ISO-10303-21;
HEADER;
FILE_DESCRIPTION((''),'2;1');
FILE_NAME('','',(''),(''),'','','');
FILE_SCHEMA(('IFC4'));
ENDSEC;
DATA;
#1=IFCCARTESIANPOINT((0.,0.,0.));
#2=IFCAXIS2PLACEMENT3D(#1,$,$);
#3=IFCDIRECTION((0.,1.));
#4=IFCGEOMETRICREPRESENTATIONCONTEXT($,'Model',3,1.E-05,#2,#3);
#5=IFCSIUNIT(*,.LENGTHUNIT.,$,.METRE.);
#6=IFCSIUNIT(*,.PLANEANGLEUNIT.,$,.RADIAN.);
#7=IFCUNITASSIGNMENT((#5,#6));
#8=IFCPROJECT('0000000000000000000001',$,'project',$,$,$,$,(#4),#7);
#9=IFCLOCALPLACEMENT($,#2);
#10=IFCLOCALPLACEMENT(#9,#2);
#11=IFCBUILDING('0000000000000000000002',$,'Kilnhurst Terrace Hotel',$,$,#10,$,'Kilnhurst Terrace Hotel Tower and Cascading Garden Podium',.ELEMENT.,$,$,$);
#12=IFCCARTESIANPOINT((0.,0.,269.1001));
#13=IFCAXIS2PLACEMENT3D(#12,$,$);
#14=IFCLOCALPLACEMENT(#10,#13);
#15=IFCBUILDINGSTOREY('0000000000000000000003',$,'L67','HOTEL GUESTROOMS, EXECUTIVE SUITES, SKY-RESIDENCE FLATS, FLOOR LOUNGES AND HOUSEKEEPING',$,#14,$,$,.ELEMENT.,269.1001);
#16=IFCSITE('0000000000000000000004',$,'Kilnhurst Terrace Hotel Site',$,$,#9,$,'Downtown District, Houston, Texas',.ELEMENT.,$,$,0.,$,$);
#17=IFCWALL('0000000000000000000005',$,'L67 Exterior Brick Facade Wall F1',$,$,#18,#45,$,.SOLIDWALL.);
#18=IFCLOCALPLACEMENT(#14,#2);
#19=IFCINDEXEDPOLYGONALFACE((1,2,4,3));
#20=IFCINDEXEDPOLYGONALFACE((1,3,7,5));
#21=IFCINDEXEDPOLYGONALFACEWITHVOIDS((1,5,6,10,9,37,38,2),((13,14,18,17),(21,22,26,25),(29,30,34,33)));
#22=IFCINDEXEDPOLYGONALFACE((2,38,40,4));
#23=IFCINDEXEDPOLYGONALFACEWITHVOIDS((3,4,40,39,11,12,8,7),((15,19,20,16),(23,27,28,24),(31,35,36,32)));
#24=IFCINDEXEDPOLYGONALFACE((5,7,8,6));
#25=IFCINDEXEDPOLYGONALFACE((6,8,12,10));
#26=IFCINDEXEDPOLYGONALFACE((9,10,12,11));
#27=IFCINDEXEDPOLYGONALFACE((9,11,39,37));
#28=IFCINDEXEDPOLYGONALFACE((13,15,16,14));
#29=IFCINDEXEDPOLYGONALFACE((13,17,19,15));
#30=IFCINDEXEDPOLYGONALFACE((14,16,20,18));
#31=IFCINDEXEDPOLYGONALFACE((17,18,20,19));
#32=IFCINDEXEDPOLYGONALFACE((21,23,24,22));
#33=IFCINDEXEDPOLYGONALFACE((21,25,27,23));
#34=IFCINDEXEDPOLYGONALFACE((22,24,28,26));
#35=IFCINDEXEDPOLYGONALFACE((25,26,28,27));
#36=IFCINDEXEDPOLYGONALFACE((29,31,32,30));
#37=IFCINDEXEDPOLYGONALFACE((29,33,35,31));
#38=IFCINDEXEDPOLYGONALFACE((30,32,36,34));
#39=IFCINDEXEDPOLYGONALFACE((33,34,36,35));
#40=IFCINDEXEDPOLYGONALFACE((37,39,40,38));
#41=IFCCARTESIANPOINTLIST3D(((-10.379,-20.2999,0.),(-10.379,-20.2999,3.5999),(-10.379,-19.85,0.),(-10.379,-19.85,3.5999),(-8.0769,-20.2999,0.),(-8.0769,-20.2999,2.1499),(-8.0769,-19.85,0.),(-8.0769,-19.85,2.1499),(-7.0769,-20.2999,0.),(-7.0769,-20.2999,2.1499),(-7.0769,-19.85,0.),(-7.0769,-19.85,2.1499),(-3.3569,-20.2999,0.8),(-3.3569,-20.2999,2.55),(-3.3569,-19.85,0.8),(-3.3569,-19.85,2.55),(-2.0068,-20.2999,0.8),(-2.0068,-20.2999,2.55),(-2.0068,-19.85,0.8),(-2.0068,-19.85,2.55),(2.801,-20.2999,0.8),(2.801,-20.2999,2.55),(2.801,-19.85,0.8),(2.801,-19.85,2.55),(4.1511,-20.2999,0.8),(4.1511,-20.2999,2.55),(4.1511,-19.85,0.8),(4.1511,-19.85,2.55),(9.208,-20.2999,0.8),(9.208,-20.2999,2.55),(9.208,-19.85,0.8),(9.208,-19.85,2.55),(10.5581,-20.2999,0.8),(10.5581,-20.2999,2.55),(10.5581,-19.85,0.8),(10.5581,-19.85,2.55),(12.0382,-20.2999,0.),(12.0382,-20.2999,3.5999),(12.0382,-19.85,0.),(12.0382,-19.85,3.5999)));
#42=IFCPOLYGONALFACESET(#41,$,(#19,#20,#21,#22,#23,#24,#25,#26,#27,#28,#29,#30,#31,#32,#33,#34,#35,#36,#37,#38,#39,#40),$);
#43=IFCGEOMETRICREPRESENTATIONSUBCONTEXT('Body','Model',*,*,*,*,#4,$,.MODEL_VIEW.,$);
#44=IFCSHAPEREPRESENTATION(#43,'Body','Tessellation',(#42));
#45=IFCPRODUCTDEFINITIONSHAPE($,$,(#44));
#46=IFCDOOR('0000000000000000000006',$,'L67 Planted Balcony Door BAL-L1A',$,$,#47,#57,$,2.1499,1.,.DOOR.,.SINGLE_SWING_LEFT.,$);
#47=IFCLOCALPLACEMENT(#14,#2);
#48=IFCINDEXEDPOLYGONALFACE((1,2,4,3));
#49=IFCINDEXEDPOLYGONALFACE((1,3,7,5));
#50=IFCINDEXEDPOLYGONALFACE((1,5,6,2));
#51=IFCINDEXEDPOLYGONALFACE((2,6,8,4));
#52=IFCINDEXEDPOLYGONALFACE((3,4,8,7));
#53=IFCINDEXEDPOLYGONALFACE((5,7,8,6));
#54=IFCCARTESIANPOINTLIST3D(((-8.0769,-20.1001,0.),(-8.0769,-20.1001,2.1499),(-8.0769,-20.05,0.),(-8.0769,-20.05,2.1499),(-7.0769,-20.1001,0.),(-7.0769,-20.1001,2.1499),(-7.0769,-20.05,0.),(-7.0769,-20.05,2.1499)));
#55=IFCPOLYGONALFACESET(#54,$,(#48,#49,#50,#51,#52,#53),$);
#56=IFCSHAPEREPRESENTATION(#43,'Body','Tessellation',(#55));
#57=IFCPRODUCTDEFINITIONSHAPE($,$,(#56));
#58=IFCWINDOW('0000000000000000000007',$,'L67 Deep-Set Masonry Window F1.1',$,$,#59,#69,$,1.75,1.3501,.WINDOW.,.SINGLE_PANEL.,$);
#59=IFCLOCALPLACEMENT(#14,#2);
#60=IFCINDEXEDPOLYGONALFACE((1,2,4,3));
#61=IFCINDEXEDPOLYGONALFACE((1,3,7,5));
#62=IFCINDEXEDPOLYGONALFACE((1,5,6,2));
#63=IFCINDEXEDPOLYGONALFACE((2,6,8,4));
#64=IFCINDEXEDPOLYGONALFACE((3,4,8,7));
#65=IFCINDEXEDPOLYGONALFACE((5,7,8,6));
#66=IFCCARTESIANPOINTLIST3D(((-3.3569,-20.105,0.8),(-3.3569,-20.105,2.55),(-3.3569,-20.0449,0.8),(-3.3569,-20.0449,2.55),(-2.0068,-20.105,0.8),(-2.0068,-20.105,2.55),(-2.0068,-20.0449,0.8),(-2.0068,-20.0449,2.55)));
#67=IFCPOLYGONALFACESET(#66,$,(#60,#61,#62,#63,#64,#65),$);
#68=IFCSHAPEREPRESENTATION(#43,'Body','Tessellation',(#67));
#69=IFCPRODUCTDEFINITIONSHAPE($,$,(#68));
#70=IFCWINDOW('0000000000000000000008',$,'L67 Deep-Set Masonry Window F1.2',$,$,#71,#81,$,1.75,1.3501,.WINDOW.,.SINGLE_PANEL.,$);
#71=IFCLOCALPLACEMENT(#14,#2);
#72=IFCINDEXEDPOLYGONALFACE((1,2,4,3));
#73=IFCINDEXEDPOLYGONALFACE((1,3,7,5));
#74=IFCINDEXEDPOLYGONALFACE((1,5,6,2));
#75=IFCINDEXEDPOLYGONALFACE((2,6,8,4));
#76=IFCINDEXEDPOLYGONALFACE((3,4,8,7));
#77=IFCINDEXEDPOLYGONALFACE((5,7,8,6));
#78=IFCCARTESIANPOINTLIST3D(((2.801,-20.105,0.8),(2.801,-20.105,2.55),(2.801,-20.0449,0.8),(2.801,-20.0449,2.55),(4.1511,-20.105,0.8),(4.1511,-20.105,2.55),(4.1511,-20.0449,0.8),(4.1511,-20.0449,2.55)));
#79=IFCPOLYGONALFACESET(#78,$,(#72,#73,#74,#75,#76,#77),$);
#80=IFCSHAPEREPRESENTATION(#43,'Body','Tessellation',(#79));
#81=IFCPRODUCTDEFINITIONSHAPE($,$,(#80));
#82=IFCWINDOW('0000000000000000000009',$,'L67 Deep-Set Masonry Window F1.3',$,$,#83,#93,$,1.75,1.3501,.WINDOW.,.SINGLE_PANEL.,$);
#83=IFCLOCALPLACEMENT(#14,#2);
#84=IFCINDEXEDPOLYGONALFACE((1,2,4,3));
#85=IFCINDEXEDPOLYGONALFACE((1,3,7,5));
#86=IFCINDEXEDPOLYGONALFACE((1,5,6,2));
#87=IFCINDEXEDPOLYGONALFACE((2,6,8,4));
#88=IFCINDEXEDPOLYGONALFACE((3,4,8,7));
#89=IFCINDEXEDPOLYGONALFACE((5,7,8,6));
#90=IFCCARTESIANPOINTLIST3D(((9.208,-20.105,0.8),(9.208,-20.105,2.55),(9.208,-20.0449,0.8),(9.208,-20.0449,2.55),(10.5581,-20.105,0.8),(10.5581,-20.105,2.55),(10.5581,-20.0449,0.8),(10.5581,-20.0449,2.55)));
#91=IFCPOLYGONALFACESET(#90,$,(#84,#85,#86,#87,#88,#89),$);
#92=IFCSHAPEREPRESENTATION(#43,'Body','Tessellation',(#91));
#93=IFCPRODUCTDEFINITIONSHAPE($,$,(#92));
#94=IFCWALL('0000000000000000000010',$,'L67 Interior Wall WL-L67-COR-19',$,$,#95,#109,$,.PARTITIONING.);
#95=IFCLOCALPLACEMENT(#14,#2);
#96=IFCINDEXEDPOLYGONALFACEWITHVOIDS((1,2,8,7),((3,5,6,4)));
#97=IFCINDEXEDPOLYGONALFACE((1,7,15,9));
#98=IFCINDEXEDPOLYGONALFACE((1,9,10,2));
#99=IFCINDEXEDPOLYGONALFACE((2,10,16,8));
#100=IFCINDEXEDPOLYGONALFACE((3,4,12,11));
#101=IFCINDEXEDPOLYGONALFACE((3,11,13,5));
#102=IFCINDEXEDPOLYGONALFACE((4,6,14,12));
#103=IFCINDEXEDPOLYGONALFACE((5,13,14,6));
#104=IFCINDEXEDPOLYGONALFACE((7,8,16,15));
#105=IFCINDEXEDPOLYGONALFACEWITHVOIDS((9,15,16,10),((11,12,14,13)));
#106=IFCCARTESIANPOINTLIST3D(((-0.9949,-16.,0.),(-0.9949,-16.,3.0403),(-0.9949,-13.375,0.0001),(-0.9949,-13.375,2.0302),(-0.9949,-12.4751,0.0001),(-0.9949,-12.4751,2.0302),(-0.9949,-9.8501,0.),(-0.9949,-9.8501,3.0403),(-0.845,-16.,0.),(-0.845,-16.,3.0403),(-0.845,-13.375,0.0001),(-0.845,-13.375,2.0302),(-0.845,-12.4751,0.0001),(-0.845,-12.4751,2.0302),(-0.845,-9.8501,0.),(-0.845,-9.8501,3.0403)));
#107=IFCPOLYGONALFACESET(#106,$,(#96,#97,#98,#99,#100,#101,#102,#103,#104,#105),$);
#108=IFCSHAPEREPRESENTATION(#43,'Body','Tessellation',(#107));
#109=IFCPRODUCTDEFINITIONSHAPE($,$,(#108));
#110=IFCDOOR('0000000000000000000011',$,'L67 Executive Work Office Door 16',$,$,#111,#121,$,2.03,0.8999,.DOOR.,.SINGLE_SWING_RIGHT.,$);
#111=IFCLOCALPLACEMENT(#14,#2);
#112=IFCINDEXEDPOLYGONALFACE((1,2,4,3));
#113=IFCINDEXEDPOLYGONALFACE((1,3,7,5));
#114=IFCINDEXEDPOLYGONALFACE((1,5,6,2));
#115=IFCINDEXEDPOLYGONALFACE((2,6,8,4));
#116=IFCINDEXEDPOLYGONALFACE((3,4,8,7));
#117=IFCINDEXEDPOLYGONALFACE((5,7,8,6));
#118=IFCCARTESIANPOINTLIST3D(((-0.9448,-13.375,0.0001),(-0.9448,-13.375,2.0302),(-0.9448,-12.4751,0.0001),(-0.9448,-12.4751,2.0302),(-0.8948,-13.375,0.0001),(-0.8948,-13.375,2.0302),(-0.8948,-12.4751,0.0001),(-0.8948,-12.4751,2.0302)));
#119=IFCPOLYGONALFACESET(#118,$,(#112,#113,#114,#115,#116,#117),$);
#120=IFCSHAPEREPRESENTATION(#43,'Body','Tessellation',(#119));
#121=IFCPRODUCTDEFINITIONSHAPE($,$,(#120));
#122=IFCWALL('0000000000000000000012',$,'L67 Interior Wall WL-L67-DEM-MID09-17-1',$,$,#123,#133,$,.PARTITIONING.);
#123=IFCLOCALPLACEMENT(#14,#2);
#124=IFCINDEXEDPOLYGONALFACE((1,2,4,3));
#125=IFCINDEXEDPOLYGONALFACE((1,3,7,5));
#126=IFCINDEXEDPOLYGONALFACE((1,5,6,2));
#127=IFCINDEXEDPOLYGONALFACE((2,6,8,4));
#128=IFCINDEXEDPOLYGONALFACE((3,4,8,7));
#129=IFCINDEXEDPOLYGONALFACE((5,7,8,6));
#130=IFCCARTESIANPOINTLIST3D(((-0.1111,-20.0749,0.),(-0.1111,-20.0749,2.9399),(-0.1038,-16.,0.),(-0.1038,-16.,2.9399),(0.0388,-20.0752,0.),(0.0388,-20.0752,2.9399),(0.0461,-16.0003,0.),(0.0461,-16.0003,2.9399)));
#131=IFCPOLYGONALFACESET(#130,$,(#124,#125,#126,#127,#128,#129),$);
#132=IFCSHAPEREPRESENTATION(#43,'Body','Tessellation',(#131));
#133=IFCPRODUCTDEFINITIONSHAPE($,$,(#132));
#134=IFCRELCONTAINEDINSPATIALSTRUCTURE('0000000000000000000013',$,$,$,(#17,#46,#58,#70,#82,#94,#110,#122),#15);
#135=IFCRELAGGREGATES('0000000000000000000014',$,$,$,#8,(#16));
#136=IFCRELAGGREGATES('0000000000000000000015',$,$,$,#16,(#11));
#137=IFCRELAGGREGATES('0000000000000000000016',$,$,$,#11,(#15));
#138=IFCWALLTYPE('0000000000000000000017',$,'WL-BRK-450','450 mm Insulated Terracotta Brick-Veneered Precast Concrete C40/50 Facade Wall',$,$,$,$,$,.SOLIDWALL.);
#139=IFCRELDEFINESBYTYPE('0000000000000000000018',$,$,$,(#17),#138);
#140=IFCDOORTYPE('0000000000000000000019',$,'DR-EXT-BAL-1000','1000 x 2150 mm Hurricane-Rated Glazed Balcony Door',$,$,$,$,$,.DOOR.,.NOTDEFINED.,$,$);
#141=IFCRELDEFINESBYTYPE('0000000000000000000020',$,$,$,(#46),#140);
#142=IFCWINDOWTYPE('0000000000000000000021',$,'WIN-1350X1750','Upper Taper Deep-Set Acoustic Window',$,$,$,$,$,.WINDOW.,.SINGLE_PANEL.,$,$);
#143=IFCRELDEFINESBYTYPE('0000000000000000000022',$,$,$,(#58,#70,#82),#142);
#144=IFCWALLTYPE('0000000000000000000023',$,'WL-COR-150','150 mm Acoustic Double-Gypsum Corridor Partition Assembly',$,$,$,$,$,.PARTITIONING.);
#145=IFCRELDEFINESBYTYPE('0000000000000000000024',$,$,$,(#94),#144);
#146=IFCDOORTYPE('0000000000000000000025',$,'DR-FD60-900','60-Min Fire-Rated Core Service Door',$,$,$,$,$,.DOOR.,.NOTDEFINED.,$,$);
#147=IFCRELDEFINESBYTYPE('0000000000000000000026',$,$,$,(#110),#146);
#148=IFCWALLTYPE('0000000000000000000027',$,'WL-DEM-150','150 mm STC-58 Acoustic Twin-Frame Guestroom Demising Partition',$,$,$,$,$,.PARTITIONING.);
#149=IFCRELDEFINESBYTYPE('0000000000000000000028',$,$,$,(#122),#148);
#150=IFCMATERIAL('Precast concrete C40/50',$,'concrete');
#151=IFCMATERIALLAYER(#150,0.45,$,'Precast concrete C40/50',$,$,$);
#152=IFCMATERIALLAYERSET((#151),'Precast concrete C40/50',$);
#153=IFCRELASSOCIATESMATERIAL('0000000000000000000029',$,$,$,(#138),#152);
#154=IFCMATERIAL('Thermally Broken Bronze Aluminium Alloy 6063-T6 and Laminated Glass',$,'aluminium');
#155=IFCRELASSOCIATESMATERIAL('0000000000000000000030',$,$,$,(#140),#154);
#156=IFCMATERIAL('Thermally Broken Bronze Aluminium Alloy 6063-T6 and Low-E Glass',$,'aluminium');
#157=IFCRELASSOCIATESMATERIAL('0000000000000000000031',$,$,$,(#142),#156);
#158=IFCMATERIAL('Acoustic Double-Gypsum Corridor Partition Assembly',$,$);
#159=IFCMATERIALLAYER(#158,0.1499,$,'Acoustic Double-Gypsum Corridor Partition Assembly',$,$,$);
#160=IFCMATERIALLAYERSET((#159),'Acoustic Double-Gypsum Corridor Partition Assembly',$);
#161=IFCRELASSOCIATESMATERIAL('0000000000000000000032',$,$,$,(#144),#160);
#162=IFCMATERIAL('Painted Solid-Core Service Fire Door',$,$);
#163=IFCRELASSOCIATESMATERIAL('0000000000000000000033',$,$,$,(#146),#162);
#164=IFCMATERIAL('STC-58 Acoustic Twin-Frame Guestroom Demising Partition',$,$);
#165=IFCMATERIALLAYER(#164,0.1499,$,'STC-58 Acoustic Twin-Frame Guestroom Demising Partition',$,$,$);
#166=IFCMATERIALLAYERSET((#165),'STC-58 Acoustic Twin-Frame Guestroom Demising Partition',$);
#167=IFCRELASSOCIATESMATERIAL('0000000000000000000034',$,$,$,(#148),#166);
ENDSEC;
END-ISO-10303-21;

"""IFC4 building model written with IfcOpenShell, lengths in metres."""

from ifc_helpers import new_model, si_unit, direction, frame, frame_2d, origin, place, context, subcontext, project, spatial, rectangle, extrude, material, layer, layer_set, type_object, element, fill, save


model = new_model("IFC4")

# Units and contexts
model_context = context("Model", 3, precision=1e-05, world=origin(), true_north=direction((0.0, 1.0)))
body_context = subcontext(model_context, "Body", "Model", "MODEL_VIEW")
ifc_project = project(units=[si_unit("LENGTHUNIT", "METRE"), si_unit("PLANEANGLEUNIT", "RADIAN")], contexts=[model_context])

# Site, building, storey
site_placement = place(None, origin())
site = spatial("IfcSite", under=ifc_project, at=site_placement, Name="Kilnhurst Terrace Hotel Site", LongName="Downtown District, Houston, Texas", CompositionType="ELEMENT", RefElevation=0.0)
building_placement = place(site_placement, origin())
building = spatial("IfcBuilding", under=site, at=building_placement, Name="Kilnhurst Terrace Hotel", LongName="Kilnhurst Terrace Hotel Tower and Cascading Garden Podium", CompositionType="ELEMENT")
storey_placement = place(building_placement, frame((0.0, 0.0, 269.1001)))
storey = spatial("IfcBuildingStorey", under=building, at=storey_placement, Name="L67", Description="HOTEL GUESTROOMS, EXECUTIVE SUITES, SKY-RESIDENCE FLATS, FLOOR LOUNGES AND HOUSEKEEPING", CompositionType="ELEMENT", Elevation=269.1001)

# Shared definitions
ifc_material_1 = material(Name="Precast concrete C40/50", Category="concrete")
ifc_layer_1 = layer(ifc_material_1, 0.45, Name="Precast concrete C40/50")
ifc_layer_set_1 = layer_set([ifc_layer_1], Name="Precast concrete C40/50")
wall_type_1 = type_object("IfcWallType", Name="WL-BRK-450", Description="450 mm Insulated Terracotta Brick-Veneered Precast Concrete C40/50 Facade Wall", PredefinedType="SOLIDWALL", material=ifc_layer_set_1)

# Wall, openings, door, windows
wall_1_placement = place(storey_placement, frame((-10.3789, -20.075, 0.0), z_axis=(0.0, 0.0, 1.0), x_axis=(1.0, 0.0, 0.0)))
wall_1 = element("IfcWall", 1, at=wall_1_placement, inside=storey, type_object=wall_type_1, Name="L67 Exterior Brick Facade Wall F1", PredefinedType="SOLIDWALL", context=body_context, shape_type="SweptSolid", body=[
    extrude(rectangle(XDim=22.4172, YDim=0.45, at=frame_2d((11.2085, 0.0))), origin(), (0.0, 0.0, 1.0), 3.5999),
])
opening_1_placement = place(wall_1_placement, frame((2.302, 0.0, 0.0)))
opening_1 = element("IfcOpeningElement", 2, at=opening_1_placement, cuts=wall_1, PredefinedType="OPENING", context=body_context, shape_type="SweptSolid", body=[
    extrude(rectangle(XDim=1.0, YDim=2.1499, at=frame_2d((0.5, 1.075))), frame((0.0, 0.2349, 0.0), z_axis=(0.0, -1.0, 0.0), x_axis=(1.0, 0.0, 0.0)), (0.0, 0.0, 1.0), 0.47),
])
opening_2_placement = place(wall_1_placement, frame((7.022, 0.0, 0.8)))
opening_2 = element("IfcOpeningElement", 3, at=opening_2_placement, cuts=wall_1, PredefinedType="OPENING", context=body_context, shape_type="SweptSolid", body=[
    extrude(rectangle(XDim=1.3501, YDim=1.75, at=frame_2d((0.675, 0.875))), frame((0.0, 0.2349, 0.0), z_axis=(0.0, -1.0, 0.0), x_axis=(1.0, 0.0, 0.0)), (0.0, 0.0, 1.0), 0.47),
])
opening_3_placement = place(wall_1_placement, frame((13.1799, 0.0, 0.8)))
opening_3 = element("IfcOpeningElement", 4, at=opening_3_placement, cuts=wall_1, PredefinedType="OPENING", context=body_context, shape_type="SweptSolid", body=[
    extrude(rectangle(XDim=1.3501, YDim=1.75, at=frame_2d((0.675, 0.875))), frame((0.0, 0.2349, 0.0), z_axis=(0.0, -1.0, 0.0), x_axis=(1.0, 0.0, 0.0)), (0.0, 0.0, 1.0), 0.47),
])
opening_4_placement = place(wall_1_placement, frame((19.5869, 0.0, 0.8)))
opening_4 = element("IfcOpeningElement", 5, at=opening_4_placement, cuts=wall_1, PredefinedType="OPENING", context=body_context, shape_type="SweptSolid", body=[
    extrude(rectangle(XDim=1.3501, YDim=1.75, at=frame_2d((0.675, 0.875))), frame((0.0, 0.2349, 0.0), z_axis=(0.0, -1.0, 0.0), x_axis=(1.0, 0.0, 0.0)), (0.0, 0.0, 1.0), 0.47),
])
ifc_material_2 = material(Name="Thermally Broken Bronze Aluminium Alloy 6063-T6 and Laminated Glass", Category="aluminium")
door_type_1 = type_object("IfcDoorType", Name="DR-EXT-BAL-1000", Description="1000 x 2150 mm Hurricane-Rated Glazed Balcony Door", OperationType="NOTDEFINED", PredefinedType="DOOR", material=ifc_material_2)
door_1_placement = place(opening_1_placement, origin())
door_1 = element("IfcDoor", 6, at=door_1_placement, inside=storey, type_object=door_type_1, Name="L67 Planted Balcony Door BAL-L1A", OperationType="SINGLE_SWING_LEFT", OverallHeight=2.1499, OverallWidth=1.0, PredefinedType="DOOR", context=body_context, shape_type="SweptSolid", body=[
    extrude(rectangle(XDim=1.0, YDim=2.1499, at=frame_2d((0.5, 1.075))), frame((0.0, 0.0249, 0.0), z_axis=(0.0, -1.0, 0.0), x_axis=(1.0, 0.0, 0.0)), (0.0, 0.0, 1.0), 0.05),
])
fill(opening_1, door_1)
ifc_material_3 = material(Name="Thermally Broken Bronze Aluminium Alloy 6063-T6 and Low-E Glass", Category="aluminium")
window_type = type_object("IfcWindowType", Name="WIN-1350X1750", Description="Upper Taper Deep-Set Acoustic Window", PartitioningType="SINGLE_PANEL", PredefinedType="WINDOW", material=ifc_material_3)
window_1_placement = place(opening_2_placement, origin())
window_1 = element("IfcWindow", 7, at=window_1_placement, inside=storey, type_object=window_type, Name="L67 Deep-Set Masonry Window F1.1", OverallHeight=1.75, OverallWidth=1.3501, PartitioningType="SINGLE_PANEL", PredefinedType="WINDOW", context=body_context, shape_type="SweptSolid", body=[
    extrude(rectangle(XDim=1.3501, YDim=1.75, at=frame_2d((0.675, 0.875))), frame((0.0, 0.03, 0.0), z_axis=(0.0, -1.0, 0.0), x_axis=(1.0, 0.0, 0.0)), (0.0, 0.0, 1.0), 0.0601),
])
fill(opening_2, window_1)
window_2_placement = place(opening_3_placement, origin())
window_2 = element("IfcWindow", 8, at=window_2_placement, inside=storey, type_object=window_type, Name="L67 Deep-Set Masonry Window F1.2", OverallHeight=1.75, OverallWidth=1.3501, PartitioningType="SINGLE_PANEL", PredefinedType="WINDOW", context=body_context, shape_type="SweptSolid", body=[
    extrude(rectangle(XDim=1.3501, YDim=1.75, at=frame_2d((0.675, 0.875))), frame((0.0, 0.03, 0.0), z_axis=(0.0, -1.0, 0.0), x_axis=(1.0, 0.0, 0.0)), (0.0, 0.0, 1.0), 0.0601),
])
fill(opening_3, window_2)
window_3_placement = place(opening_4_placement, origin())
window_3 = element("IfcWindow", 9, at=window_3_placement, inside=storey, type_object=window_type, Name="L67 Deep-Set Masonry Window F1.3", OverallHeight=1.75, OverallWidth=1.3501, PartitioningType="SINGLE_PANEL", PredefinedType="WINDOW", context=body_context, shape_type="SweptSolid", body=[
    extrude(rectangle(XDim=1.3501, YDim=1.75, at=frame_2d((0.675, 0.875))), frame((0.0, 0.03, 0.0), z_axis=(0.0, -1.0, 0.0), x_axis=(1.0, 0.0, 0.0)), (0.0, 0.0, 1.0), 0.0601),
])
fill(opening_4, window_3)

# Wall, opening, door
ifc_material_4 = material(Name="Acoustic Double-Gypsum Corridor Partition Assembly")
ifc_layer_2 = layer(ifc_material_4, 0.1499, Name="Acoustic Double-Gypsum Corridor Partition Assembly")
ifc_layer_set_2 = layer_set([ifc_layer_2], Name="Acoustic Double-Gypsum Corridor Partition Assembly")
wall_type_2 = type_object("IfcWallType", Name="WL-COR-150", Description="150 mm Acoustic Double-Gypsum Corridor Partition Assembly", PredefinedType="PARTITIONING", material=ifc_layer_set_2)
wall_2_placement = place(storey_placement, frame((-0.9199, -16.0, 0.0), z_axis=(0.0, 0.0, 1.0), x_axis=(0.0, 1.0, 0.0)))
wall_2 = element("IfcWall", 10, at=wall_2_placement, inside=storey, type_object=wall_type_2, Name="L67 Interior Wall WL-L67-COR-19", PredefinedType="PARTITIONING", context=body_context, shape_type="SweptSolid", body=[
    extrude(rectangle(XDim=6.1499, YDim=0.1499, at=frame_2d((3.075, 0.0))), origin(), (0.0, 0.0, 1.0), 3.0403),
])
opening_5_placement = place(wall_2_placement, frame((2.625, 0.0, 0.0)))
opening_5 = element("IfcOpeningElement", 11, at=opening_5_placement, cuts=wall_2, PredefinedType="OPENING", context=body_context, shape_type="SweptSolid", body=[
    extrude(rectangle(XDim=0.8999, YDim=2.03, at=frame_2d((0.45, 1.0151))), frame((0.0, 0.085, 0.0), z_axis=(0.0, -1.0, 0.0), x_axis=(1.0, 0.0, 0.0)), (0.0, 0.0, 1.0), 0.1699),
])
ifc_material_5 = material(Name="Painted Solid-Core Service Fire Door")
door_type_2 = type_object("IfcDoorType", Name="DR-FD60-900", Description="60-Min Fire-Rated Core Service Door", OperationType="NOTDEFINED", PredefinedType="DOOR", material=ifc_material_5)
door_2_placement = place(opening_5_placement, origin())
door_2 = element("IfcDoor", 12, at=door_2_placement, inside=storey, type_object=door_type_2, Name="L67 Executive Work Office Door 16", OperationType="SINGLE_SWING_RIGHT", OverallHeight=2.03, OverallWidth=0.8999, PredefinedType="DOOR", context=body_context, shape_type="SweptSolid", body=[
    extrude(rectangle(XDim=0.8999, YDim=2.03, at=frame_2d((0.45, 1.0151))), frame((0.0, 0.0249, 0.0), z_axis=(0.0, -1.0, 0.0), x_axis=(1.0, 0.0, 0.0)), (0.0, 0.0, 1.0), 0.05),
])
fill(opening_5, door_2)

# Wall
ifc_material_6 = material(Name="STC-58 Acoustic Twin-Frame Guestroom Demising Partition")
ifc_layer_3 = layer(ifc_material_6, 0.1499, Name="STC-58 Acoustic Twin-Frame Guestroom Demising Partition")
ifc_layer_set_3 = layer_set([ifc_layer_3], Name="STC-58 Acoustic Twin-Frame Guestroom Demising Partition")
wall_type_3 = type_object("IfcWallType", Name="WL-DEM-150", Description="150 mm STC-58 Acoustic Twin-Frame Guestroom Demising Partition", PredefinedType="PARTITIONING", material=ifc_layer_set_3)
wall_3_placement = place(storey_placement, frame((-0.0288, -16.0, 0.0), z_axis=(0.0, 0.0, 1.0), x_axis=(-0.001797, -0.999998, 0.0)))
element("IfcWall", 13, at=wall_3_placement, inside=storey, type_object=wall_type_3, Name="L67 Interior Wall WL-L67-DEM-MID09-17-1", PredefinedType="PARTITIONING", context=body_context, shape_type="SweptSolid", body=[
    extrude(rectangle(XDim=4.075, YDim=0.1499, at=frame_2d((2.0376, 0.0))), origin(), (0.0, 0.0, 1.0), 2.9399),
])

save(model, "model.ifc")
